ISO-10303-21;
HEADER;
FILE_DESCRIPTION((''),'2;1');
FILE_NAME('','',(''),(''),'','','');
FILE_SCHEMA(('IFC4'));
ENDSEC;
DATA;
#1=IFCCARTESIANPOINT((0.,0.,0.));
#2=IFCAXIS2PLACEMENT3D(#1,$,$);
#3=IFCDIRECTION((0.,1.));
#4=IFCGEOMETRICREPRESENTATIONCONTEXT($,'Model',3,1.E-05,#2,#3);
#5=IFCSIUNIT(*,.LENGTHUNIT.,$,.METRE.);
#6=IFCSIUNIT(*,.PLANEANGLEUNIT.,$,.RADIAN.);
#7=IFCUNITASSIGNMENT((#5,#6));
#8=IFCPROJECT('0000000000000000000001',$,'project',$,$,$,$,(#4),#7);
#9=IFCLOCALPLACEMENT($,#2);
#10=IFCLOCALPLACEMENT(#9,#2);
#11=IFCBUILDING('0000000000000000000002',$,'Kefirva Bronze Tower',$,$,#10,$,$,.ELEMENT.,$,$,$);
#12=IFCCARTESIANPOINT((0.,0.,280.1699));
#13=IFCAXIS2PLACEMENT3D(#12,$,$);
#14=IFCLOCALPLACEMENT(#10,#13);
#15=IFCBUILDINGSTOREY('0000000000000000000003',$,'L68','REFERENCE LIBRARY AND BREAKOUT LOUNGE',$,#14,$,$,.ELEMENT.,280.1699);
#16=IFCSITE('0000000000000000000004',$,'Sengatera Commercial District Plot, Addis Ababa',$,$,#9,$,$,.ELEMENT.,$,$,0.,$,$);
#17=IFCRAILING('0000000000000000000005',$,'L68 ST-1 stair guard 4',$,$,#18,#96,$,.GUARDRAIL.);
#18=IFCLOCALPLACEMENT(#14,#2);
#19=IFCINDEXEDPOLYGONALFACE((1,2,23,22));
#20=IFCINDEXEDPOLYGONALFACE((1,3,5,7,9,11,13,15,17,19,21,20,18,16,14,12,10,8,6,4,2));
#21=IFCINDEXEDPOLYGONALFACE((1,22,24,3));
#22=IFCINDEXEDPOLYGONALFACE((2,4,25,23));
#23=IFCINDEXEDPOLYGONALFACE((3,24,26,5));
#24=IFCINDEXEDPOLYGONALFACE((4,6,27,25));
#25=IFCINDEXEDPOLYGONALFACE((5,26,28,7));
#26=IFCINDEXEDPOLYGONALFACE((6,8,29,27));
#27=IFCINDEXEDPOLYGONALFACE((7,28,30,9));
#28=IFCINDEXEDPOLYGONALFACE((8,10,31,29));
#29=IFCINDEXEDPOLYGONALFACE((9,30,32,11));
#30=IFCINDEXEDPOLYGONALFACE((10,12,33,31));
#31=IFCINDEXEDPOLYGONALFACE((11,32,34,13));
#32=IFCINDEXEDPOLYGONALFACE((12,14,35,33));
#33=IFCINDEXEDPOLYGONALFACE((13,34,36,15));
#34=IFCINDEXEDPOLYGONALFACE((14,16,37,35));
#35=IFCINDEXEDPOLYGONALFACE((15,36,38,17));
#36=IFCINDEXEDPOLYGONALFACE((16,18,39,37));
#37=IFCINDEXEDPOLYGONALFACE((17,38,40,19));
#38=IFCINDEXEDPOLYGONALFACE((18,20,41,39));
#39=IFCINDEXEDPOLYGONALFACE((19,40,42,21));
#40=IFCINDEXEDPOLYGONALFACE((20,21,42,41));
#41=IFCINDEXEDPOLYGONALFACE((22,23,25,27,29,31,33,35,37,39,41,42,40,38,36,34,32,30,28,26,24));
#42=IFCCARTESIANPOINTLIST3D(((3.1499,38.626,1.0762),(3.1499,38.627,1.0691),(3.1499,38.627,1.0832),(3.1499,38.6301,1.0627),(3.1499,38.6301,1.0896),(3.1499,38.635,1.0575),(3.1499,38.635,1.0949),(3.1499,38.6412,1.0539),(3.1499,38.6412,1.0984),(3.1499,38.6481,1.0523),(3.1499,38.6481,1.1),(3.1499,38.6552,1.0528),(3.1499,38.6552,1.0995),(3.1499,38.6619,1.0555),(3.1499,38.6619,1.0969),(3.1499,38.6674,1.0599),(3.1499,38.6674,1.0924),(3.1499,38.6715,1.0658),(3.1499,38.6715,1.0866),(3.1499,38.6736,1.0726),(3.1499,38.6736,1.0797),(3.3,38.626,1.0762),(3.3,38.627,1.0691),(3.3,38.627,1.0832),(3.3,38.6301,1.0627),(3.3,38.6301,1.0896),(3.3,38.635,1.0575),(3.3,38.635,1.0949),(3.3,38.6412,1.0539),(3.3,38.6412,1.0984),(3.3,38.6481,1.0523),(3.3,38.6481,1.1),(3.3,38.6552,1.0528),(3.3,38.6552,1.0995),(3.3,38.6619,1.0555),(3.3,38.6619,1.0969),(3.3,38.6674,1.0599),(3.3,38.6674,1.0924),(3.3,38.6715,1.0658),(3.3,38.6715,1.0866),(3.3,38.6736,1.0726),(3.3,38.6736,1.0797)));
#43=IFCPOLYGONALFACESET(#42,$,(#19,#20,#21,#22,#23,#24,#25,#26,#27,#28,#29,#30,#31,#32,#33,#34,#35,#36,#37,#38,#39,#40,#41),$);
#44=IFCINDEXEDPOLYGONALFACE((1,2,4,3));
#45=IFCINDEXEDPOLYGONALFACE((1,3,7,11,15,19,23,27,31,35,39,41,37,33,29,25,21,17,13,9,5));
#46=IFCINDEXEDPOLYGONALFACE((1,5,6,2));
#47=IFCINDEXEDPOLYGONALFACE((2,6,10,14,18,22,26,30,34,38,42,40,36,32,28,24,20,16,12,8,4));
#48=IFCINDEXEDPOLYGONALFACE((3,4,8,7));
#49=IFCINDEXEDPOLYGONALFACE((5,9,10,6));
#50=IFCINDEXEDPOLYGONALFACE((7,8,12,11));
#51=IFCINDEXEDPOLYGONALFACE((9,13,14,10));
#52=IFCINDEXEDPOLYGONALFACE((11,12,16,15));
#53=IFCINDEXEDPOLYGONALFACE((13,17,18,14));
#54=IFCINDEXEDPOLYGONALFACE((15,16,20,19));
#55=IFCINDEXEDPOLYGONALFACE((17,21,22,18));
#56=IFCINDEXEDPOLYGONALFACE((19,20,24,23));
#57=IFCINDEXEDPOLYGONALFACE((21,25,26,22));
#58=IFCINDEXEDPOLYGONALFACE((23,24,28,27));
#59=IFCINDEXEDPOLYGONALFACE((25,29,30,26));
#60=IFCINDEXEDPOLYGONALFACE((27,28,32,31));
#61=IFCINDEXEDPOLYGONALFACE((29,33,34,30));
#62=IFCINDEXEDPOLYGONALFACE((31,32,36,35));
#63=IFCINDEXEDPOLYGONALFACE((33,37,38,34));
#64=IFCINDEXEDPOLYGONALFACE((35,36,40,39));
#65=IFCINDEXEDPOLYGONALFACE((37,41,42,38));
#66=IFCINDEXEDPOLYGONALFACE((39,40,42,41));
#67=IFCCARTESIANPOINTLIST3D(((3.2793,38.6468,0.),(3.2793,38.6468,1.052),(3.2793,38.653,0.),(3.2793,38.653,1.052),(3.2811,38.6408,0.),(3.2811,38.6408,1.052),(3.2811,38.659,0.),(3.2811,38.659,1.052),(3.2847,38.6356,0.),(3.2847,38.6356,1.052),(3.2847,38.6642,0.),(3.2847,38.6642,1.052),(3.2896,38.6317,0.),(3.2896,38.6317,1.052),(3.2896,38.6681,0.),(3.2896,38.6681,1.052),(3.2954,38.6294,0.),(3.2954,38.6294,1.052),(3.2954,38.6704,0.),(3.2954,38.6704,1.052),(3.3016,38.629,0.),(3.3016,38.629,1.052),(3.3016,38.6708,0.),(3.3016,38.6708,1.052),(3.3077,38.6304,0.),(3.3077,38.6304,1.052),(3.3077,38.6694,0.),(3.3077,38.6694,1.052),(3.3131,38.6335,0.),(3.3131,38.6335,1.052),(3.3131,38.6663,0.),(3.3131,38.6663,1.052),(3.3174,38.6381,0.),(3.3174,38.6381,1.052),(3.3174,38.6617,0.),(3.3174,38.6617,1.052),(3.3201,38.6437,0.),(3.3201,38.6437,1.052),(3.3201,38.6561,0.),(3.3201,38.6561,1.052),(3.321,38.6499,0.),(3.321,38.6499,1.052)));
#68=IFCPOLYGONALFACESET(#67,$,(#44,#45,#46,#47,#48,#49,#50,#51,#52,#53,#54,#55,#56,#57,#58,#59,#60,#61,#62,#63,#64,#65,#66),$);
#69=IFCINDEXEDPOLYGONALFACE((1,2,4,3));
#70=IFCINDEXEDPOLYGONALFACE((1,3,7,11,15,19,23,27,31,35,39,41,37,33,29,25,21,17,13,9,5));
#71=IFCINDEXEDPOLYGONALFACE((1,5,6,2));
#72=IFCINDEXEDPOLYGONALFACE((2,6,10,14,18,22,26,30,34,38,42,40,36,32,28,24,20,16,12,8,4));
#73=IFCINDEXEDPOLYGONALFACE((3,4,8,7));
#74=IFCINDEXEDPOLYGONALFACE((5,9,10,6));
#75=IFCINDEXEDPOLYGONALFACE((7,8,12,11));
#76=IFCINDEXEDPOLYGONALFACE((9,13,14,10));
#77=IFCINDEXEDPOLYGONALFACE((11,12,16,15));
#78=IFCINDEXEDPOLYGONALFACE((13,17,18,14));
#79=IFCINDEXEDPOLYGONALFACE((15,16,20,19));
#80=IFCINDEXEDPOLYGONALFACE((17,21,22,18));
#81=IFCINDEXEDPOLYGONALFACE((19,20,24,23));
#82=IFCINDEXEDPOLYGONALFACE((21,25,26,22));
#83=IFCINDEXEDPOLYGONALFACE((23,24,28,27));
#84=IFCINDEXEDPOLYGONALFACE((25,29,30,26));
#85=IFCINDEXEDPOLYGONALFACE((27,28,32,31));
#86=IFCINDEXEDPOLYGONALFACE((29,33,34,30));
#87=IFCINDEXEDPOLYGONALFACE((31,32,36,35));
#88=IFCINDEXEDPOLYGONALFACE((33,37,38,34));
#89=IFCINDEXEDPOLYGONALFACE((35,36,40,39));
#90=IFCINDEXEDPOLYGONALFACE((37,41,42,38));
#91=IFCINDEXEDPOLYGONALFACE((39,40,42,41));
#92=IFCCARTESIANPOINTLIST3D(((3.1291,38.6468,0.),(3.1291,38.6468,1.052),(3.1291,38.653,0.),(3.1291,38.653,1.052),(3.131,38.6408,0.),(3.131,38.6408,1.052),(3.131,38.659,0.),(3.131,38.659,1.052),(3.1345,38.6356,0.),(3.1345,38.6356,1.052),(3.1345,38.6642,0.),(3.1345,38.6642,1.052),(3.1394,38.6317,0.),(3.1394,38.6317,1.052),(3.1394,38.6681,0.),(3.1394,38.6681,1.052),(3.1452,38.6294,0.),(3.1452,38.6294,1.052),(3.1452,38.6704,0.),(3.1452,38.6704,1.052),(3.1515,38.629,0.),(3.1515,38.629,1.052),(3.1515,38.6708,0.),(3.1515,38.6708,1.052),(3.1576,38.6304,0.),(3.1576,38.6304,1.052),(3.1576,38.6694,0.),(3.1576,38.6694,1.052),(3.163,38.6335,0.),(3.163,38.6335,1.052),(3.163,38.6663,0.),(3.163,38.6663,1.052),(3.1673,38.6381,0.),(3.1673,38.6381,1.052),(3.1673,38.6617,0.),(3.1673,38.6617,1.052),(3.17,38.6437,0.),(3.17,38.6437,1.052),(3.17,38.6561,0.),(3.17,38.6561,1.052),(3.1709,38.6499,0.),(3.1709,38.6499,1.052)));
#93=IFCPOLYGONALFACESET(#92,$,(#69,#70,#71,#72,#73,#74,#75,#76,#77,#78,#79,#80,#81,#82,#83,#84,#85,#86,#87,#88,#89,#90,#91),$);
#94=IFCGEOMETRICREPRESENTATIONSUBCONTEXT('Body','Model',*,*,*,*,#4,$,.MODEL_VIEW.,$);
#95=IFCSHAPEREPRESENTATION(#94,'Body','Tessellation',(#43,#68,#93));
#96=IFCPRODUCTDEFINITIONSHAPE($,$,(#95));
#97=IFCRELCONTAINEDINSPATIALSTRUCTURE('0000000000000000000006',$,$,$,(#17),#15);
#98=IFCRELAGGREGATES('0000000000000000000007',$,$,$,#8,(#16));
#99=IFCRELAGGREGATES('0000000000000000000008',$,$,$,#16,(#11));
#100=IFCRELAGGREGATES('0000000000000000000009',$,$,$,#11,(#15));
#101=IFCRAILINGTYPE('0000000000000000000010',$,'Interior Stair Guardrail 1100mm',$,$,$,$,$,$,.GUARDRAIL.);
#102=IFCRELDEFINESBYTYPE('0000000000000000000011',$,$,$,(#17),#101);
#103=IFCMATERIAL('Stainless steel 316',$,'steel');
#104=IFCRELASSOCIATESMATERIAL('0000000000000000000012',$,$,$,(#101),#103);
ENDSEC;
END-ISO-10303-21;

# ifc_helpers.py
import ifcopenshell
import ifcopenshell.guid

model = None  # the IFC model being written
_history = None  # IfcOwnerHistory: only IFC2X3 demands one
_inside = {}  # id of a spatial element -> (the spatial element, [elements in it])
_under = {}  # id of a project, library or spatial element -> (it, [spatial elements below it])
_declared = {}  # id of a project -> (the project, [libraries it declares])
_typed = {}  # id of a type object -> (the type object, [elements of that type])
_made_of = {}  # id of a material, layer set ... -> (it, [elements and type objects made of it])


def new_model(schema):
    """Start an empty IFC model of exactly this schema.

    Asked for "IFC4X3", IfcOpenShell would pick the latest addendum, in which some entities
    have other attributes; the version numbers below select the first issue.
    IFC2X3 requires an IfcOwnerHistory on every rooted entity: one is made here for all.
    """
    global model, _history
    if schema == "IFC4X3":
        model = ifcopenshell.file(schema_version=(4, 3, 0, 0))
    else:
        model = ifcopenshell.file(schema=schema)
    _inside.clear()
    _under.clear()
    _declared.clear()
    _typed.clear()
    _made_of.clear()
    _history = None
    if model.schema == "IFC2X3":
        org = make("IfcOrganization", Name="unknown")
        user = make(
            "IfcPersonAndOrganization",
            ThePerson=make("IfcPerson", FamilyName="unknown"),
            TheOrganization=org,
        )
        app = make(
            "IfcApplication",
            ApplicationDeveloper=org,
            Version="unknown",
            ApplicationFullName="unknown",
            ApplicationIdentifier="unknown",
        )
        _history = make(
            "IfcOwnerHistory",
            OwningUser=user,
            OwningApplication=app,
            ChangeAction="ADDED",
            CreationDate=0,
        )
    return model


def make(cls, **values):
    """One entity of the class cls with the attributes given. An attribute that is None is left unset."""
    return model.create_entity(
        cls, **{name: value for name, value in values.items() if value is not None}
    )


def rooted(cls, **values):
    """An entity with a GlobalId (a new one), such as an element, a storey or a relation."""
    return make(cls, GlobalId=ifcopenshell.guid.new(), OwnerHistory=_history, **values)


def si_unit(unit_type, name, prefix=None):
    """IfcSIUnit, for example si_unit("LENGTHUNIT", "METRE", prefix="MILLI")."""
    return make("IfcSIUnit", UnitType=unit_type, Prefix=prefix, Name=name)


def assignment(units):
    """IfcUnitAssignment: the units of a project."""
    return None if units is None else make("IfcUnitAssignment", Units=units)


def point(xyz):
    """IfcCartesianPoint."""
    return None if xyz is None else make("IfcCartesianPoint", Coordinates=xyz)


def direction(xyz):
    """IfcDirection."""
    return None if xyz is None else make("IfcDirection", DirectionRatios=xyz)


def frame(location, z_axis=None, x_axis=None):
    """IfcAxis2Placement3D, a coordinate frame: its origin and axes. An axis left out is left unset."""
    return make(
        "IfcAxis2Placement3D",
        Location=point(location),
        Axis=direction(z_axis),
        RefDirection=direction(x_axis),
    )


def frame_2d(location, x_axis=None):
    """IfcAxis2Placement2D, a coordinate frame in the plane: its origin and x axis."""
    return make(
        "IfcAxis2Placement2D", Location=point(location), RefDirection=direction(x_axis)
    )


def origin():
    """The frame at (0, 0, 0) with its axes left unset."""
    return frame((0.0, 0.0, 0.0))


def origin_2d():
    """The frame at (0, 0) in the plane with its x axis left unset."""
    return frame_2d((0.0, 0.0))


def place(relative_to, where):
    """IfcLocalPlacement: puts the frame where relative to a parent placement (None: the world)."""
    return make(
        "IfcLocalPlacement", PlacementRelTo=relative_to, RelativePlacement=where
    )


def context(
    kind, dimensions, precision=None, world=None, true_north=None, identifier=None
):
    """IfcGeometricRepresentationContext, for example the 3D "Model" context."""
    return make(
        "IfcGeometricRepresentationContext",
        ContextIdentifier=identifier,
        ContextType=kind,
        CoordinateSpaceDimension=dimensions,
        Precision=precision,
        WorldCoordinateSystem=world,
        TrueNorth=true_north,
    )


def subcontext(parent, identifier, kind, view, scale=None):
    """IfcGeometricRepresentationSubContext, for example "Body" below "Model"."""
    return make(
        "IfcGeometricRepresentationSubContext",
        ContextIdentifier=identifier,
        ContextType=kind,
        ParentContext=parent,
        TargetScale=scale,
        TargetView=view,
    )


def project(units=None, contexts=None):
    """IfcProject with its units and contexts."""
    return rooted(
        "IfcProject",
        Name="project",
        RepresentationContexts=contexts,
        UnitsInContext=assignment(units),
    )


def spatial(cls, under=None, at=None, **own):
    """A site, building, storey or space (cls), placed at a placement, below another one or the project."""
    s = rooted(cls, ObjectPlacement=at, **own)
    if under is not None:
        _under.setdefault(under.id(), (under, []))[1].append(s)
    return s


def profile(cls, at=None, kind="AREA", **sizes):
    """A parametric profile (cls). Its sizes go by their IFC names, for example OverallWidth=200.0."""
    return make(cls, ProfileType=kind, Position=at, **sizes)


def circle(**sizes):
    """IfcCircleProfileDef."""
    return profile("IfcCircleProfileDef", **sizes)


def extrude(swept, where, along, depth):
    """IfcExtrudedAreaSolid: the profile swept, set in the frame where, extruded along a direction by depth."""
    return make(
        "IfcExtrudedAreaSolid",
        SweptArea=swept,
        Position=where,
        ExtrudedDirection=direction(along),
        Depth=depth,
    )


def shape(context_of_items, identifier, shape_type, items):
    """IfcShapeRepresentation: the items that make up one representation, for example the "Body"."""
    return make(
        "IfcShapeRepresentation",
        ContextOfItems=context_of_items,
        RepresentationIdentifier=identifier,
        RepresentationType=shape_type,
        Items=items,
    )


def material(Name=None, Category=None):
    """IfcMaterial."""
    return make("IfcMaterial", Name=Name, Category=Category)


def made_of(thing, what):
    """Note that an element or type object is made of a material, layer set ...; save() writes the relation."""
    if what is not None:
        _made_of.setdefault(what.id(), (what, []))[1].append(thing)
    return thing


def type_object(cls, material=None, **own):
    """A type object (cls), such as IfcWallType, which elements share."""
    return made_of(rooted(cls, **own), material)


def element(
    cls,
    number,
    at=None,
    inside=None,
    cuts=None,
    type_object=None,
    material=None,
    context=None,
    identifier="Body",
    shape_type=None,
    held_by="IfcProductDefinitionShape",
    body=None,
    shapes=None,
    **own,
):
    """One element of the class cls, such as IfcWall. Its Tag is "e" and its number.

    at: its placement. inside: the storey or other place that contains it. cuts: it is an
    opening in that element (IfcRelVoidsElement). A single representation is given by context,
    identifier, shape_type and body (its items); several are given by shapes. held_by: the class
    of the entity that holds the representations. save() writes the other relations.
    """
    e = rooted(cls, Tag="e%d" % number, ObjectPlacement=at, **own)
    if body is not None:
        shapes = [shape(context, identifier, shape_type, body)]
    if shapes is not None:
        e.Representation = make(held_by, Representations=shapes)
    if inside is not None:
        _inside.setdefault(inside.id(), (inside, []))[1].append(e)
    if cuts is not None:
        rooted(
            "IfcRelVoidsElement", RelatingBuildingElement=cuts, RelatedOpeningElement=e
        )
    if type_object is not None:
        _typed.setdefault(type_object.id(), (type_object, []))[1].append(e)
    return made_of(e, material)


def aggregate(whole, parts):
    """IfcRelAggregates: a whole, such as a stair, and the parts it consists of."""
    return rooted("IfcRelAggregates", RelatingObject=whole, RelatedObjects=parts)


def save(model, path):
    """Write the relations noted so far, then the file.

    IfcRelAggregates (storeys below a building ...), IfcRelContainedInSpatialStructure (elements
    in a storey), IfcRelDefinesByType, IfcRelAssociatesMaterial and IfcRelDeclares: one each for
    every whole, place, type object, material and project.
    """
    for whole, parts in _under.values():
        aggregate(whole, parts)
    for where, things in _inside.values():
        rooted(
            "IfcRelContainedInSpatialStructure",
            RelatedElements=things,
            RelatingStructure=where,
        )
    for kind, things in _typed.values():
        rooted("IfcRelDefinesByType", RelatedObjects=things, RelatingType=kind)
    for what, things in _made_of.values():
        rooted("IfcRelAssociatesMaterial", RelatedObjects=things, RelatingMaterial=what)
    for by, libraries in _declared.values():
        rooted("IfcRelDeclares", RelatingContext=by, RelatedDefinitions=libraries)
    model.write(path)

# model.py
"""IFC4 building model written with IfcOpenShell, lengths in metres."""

from ifc_helpers import new_model, si_unit, direction, frame, origin, origin_2d, place, context, subcontext, project, spatial, circle, extrude, material, type_object, element, save


model = new_model("IFC4")

# Units and contexts
model_context = context("Model", 3, precision=1e-05, world=origin(), true_north=direction((0.0, 1.0)))
body_context = subcontext(model_context, "Body", "Model", "MODEL_VIEW")
ifc_project = project(units=[si_unit("LENGTHUNIT", "METRE"), si_unit("PLANEANGLEUNIT", "RADIAN")], contexts=[model_context])

# Site, building, storey
site_placement = place(None, origin())
site = spatial("IfcSite", under=ifc_project, at=site_placement, Name="Sengatera Commercial District Plot, Addis Ababa", CompositionType="ELEMENT", RefElevation=0.0)
building_placement = place(site_placement, origin())
building = spatial("IfcBuilding", under=site, at=building_placement, Name="Kefirva Bronze Tower", CompositionType="ELEMENT")
storey_placement = place(building_placement, frame((0.0, 0.0, 280.1699)))
storey = spatial("IfcBuildingStorey", under=building, at=storey_placement, Name="L68", Description="REFERENCE LIBRARY AND BREAKOUT LOUNGE", CompositionType="ELEMENT", Elevation=280.1699)

# Railing
ifc_material_1 = material(Name="Stainless steel 316", Category="steel")
railing_type_1 = type_object("IfcRailingType", Name="Interior Stair Guardrail 1100mm", PredefinedType="GUARDRAIL", material=ifc_material_1)
railing_1_placement = place(storey_placement, frame((3.3, 38.6499, 0.0)))
element("IfcRailing", 1, at=railing_1_placement, inside=storey, type_object=railing_type_1, Name="L68 ST-1 stair guard 4", PredefinedType="GUARDRAIL", context=body_context, shape_type="SweptSolid", body=[
    extrude(circle(Radius=0.0239, at=origin_2d()), frame((0.0, 0.0, 1.0762), z_axis=(-1.0, 0.0, 0.0), x_axis=(0.0, -1.0, 0.0)), (0.0, 0.0, 1.0), 0.1501),
    extrude(circle(Radius=0.021, at=origin_2d()), origin(), (0.0, 0.0, 1.0), 1.052),
    extrude(circle(Radius=0.021, at=origin_2d()), frame((-0.1501, 0.0, 0.0)), (0.0, 0.0, 1.0), 1.052),
])

save(model, "model.ifc")
